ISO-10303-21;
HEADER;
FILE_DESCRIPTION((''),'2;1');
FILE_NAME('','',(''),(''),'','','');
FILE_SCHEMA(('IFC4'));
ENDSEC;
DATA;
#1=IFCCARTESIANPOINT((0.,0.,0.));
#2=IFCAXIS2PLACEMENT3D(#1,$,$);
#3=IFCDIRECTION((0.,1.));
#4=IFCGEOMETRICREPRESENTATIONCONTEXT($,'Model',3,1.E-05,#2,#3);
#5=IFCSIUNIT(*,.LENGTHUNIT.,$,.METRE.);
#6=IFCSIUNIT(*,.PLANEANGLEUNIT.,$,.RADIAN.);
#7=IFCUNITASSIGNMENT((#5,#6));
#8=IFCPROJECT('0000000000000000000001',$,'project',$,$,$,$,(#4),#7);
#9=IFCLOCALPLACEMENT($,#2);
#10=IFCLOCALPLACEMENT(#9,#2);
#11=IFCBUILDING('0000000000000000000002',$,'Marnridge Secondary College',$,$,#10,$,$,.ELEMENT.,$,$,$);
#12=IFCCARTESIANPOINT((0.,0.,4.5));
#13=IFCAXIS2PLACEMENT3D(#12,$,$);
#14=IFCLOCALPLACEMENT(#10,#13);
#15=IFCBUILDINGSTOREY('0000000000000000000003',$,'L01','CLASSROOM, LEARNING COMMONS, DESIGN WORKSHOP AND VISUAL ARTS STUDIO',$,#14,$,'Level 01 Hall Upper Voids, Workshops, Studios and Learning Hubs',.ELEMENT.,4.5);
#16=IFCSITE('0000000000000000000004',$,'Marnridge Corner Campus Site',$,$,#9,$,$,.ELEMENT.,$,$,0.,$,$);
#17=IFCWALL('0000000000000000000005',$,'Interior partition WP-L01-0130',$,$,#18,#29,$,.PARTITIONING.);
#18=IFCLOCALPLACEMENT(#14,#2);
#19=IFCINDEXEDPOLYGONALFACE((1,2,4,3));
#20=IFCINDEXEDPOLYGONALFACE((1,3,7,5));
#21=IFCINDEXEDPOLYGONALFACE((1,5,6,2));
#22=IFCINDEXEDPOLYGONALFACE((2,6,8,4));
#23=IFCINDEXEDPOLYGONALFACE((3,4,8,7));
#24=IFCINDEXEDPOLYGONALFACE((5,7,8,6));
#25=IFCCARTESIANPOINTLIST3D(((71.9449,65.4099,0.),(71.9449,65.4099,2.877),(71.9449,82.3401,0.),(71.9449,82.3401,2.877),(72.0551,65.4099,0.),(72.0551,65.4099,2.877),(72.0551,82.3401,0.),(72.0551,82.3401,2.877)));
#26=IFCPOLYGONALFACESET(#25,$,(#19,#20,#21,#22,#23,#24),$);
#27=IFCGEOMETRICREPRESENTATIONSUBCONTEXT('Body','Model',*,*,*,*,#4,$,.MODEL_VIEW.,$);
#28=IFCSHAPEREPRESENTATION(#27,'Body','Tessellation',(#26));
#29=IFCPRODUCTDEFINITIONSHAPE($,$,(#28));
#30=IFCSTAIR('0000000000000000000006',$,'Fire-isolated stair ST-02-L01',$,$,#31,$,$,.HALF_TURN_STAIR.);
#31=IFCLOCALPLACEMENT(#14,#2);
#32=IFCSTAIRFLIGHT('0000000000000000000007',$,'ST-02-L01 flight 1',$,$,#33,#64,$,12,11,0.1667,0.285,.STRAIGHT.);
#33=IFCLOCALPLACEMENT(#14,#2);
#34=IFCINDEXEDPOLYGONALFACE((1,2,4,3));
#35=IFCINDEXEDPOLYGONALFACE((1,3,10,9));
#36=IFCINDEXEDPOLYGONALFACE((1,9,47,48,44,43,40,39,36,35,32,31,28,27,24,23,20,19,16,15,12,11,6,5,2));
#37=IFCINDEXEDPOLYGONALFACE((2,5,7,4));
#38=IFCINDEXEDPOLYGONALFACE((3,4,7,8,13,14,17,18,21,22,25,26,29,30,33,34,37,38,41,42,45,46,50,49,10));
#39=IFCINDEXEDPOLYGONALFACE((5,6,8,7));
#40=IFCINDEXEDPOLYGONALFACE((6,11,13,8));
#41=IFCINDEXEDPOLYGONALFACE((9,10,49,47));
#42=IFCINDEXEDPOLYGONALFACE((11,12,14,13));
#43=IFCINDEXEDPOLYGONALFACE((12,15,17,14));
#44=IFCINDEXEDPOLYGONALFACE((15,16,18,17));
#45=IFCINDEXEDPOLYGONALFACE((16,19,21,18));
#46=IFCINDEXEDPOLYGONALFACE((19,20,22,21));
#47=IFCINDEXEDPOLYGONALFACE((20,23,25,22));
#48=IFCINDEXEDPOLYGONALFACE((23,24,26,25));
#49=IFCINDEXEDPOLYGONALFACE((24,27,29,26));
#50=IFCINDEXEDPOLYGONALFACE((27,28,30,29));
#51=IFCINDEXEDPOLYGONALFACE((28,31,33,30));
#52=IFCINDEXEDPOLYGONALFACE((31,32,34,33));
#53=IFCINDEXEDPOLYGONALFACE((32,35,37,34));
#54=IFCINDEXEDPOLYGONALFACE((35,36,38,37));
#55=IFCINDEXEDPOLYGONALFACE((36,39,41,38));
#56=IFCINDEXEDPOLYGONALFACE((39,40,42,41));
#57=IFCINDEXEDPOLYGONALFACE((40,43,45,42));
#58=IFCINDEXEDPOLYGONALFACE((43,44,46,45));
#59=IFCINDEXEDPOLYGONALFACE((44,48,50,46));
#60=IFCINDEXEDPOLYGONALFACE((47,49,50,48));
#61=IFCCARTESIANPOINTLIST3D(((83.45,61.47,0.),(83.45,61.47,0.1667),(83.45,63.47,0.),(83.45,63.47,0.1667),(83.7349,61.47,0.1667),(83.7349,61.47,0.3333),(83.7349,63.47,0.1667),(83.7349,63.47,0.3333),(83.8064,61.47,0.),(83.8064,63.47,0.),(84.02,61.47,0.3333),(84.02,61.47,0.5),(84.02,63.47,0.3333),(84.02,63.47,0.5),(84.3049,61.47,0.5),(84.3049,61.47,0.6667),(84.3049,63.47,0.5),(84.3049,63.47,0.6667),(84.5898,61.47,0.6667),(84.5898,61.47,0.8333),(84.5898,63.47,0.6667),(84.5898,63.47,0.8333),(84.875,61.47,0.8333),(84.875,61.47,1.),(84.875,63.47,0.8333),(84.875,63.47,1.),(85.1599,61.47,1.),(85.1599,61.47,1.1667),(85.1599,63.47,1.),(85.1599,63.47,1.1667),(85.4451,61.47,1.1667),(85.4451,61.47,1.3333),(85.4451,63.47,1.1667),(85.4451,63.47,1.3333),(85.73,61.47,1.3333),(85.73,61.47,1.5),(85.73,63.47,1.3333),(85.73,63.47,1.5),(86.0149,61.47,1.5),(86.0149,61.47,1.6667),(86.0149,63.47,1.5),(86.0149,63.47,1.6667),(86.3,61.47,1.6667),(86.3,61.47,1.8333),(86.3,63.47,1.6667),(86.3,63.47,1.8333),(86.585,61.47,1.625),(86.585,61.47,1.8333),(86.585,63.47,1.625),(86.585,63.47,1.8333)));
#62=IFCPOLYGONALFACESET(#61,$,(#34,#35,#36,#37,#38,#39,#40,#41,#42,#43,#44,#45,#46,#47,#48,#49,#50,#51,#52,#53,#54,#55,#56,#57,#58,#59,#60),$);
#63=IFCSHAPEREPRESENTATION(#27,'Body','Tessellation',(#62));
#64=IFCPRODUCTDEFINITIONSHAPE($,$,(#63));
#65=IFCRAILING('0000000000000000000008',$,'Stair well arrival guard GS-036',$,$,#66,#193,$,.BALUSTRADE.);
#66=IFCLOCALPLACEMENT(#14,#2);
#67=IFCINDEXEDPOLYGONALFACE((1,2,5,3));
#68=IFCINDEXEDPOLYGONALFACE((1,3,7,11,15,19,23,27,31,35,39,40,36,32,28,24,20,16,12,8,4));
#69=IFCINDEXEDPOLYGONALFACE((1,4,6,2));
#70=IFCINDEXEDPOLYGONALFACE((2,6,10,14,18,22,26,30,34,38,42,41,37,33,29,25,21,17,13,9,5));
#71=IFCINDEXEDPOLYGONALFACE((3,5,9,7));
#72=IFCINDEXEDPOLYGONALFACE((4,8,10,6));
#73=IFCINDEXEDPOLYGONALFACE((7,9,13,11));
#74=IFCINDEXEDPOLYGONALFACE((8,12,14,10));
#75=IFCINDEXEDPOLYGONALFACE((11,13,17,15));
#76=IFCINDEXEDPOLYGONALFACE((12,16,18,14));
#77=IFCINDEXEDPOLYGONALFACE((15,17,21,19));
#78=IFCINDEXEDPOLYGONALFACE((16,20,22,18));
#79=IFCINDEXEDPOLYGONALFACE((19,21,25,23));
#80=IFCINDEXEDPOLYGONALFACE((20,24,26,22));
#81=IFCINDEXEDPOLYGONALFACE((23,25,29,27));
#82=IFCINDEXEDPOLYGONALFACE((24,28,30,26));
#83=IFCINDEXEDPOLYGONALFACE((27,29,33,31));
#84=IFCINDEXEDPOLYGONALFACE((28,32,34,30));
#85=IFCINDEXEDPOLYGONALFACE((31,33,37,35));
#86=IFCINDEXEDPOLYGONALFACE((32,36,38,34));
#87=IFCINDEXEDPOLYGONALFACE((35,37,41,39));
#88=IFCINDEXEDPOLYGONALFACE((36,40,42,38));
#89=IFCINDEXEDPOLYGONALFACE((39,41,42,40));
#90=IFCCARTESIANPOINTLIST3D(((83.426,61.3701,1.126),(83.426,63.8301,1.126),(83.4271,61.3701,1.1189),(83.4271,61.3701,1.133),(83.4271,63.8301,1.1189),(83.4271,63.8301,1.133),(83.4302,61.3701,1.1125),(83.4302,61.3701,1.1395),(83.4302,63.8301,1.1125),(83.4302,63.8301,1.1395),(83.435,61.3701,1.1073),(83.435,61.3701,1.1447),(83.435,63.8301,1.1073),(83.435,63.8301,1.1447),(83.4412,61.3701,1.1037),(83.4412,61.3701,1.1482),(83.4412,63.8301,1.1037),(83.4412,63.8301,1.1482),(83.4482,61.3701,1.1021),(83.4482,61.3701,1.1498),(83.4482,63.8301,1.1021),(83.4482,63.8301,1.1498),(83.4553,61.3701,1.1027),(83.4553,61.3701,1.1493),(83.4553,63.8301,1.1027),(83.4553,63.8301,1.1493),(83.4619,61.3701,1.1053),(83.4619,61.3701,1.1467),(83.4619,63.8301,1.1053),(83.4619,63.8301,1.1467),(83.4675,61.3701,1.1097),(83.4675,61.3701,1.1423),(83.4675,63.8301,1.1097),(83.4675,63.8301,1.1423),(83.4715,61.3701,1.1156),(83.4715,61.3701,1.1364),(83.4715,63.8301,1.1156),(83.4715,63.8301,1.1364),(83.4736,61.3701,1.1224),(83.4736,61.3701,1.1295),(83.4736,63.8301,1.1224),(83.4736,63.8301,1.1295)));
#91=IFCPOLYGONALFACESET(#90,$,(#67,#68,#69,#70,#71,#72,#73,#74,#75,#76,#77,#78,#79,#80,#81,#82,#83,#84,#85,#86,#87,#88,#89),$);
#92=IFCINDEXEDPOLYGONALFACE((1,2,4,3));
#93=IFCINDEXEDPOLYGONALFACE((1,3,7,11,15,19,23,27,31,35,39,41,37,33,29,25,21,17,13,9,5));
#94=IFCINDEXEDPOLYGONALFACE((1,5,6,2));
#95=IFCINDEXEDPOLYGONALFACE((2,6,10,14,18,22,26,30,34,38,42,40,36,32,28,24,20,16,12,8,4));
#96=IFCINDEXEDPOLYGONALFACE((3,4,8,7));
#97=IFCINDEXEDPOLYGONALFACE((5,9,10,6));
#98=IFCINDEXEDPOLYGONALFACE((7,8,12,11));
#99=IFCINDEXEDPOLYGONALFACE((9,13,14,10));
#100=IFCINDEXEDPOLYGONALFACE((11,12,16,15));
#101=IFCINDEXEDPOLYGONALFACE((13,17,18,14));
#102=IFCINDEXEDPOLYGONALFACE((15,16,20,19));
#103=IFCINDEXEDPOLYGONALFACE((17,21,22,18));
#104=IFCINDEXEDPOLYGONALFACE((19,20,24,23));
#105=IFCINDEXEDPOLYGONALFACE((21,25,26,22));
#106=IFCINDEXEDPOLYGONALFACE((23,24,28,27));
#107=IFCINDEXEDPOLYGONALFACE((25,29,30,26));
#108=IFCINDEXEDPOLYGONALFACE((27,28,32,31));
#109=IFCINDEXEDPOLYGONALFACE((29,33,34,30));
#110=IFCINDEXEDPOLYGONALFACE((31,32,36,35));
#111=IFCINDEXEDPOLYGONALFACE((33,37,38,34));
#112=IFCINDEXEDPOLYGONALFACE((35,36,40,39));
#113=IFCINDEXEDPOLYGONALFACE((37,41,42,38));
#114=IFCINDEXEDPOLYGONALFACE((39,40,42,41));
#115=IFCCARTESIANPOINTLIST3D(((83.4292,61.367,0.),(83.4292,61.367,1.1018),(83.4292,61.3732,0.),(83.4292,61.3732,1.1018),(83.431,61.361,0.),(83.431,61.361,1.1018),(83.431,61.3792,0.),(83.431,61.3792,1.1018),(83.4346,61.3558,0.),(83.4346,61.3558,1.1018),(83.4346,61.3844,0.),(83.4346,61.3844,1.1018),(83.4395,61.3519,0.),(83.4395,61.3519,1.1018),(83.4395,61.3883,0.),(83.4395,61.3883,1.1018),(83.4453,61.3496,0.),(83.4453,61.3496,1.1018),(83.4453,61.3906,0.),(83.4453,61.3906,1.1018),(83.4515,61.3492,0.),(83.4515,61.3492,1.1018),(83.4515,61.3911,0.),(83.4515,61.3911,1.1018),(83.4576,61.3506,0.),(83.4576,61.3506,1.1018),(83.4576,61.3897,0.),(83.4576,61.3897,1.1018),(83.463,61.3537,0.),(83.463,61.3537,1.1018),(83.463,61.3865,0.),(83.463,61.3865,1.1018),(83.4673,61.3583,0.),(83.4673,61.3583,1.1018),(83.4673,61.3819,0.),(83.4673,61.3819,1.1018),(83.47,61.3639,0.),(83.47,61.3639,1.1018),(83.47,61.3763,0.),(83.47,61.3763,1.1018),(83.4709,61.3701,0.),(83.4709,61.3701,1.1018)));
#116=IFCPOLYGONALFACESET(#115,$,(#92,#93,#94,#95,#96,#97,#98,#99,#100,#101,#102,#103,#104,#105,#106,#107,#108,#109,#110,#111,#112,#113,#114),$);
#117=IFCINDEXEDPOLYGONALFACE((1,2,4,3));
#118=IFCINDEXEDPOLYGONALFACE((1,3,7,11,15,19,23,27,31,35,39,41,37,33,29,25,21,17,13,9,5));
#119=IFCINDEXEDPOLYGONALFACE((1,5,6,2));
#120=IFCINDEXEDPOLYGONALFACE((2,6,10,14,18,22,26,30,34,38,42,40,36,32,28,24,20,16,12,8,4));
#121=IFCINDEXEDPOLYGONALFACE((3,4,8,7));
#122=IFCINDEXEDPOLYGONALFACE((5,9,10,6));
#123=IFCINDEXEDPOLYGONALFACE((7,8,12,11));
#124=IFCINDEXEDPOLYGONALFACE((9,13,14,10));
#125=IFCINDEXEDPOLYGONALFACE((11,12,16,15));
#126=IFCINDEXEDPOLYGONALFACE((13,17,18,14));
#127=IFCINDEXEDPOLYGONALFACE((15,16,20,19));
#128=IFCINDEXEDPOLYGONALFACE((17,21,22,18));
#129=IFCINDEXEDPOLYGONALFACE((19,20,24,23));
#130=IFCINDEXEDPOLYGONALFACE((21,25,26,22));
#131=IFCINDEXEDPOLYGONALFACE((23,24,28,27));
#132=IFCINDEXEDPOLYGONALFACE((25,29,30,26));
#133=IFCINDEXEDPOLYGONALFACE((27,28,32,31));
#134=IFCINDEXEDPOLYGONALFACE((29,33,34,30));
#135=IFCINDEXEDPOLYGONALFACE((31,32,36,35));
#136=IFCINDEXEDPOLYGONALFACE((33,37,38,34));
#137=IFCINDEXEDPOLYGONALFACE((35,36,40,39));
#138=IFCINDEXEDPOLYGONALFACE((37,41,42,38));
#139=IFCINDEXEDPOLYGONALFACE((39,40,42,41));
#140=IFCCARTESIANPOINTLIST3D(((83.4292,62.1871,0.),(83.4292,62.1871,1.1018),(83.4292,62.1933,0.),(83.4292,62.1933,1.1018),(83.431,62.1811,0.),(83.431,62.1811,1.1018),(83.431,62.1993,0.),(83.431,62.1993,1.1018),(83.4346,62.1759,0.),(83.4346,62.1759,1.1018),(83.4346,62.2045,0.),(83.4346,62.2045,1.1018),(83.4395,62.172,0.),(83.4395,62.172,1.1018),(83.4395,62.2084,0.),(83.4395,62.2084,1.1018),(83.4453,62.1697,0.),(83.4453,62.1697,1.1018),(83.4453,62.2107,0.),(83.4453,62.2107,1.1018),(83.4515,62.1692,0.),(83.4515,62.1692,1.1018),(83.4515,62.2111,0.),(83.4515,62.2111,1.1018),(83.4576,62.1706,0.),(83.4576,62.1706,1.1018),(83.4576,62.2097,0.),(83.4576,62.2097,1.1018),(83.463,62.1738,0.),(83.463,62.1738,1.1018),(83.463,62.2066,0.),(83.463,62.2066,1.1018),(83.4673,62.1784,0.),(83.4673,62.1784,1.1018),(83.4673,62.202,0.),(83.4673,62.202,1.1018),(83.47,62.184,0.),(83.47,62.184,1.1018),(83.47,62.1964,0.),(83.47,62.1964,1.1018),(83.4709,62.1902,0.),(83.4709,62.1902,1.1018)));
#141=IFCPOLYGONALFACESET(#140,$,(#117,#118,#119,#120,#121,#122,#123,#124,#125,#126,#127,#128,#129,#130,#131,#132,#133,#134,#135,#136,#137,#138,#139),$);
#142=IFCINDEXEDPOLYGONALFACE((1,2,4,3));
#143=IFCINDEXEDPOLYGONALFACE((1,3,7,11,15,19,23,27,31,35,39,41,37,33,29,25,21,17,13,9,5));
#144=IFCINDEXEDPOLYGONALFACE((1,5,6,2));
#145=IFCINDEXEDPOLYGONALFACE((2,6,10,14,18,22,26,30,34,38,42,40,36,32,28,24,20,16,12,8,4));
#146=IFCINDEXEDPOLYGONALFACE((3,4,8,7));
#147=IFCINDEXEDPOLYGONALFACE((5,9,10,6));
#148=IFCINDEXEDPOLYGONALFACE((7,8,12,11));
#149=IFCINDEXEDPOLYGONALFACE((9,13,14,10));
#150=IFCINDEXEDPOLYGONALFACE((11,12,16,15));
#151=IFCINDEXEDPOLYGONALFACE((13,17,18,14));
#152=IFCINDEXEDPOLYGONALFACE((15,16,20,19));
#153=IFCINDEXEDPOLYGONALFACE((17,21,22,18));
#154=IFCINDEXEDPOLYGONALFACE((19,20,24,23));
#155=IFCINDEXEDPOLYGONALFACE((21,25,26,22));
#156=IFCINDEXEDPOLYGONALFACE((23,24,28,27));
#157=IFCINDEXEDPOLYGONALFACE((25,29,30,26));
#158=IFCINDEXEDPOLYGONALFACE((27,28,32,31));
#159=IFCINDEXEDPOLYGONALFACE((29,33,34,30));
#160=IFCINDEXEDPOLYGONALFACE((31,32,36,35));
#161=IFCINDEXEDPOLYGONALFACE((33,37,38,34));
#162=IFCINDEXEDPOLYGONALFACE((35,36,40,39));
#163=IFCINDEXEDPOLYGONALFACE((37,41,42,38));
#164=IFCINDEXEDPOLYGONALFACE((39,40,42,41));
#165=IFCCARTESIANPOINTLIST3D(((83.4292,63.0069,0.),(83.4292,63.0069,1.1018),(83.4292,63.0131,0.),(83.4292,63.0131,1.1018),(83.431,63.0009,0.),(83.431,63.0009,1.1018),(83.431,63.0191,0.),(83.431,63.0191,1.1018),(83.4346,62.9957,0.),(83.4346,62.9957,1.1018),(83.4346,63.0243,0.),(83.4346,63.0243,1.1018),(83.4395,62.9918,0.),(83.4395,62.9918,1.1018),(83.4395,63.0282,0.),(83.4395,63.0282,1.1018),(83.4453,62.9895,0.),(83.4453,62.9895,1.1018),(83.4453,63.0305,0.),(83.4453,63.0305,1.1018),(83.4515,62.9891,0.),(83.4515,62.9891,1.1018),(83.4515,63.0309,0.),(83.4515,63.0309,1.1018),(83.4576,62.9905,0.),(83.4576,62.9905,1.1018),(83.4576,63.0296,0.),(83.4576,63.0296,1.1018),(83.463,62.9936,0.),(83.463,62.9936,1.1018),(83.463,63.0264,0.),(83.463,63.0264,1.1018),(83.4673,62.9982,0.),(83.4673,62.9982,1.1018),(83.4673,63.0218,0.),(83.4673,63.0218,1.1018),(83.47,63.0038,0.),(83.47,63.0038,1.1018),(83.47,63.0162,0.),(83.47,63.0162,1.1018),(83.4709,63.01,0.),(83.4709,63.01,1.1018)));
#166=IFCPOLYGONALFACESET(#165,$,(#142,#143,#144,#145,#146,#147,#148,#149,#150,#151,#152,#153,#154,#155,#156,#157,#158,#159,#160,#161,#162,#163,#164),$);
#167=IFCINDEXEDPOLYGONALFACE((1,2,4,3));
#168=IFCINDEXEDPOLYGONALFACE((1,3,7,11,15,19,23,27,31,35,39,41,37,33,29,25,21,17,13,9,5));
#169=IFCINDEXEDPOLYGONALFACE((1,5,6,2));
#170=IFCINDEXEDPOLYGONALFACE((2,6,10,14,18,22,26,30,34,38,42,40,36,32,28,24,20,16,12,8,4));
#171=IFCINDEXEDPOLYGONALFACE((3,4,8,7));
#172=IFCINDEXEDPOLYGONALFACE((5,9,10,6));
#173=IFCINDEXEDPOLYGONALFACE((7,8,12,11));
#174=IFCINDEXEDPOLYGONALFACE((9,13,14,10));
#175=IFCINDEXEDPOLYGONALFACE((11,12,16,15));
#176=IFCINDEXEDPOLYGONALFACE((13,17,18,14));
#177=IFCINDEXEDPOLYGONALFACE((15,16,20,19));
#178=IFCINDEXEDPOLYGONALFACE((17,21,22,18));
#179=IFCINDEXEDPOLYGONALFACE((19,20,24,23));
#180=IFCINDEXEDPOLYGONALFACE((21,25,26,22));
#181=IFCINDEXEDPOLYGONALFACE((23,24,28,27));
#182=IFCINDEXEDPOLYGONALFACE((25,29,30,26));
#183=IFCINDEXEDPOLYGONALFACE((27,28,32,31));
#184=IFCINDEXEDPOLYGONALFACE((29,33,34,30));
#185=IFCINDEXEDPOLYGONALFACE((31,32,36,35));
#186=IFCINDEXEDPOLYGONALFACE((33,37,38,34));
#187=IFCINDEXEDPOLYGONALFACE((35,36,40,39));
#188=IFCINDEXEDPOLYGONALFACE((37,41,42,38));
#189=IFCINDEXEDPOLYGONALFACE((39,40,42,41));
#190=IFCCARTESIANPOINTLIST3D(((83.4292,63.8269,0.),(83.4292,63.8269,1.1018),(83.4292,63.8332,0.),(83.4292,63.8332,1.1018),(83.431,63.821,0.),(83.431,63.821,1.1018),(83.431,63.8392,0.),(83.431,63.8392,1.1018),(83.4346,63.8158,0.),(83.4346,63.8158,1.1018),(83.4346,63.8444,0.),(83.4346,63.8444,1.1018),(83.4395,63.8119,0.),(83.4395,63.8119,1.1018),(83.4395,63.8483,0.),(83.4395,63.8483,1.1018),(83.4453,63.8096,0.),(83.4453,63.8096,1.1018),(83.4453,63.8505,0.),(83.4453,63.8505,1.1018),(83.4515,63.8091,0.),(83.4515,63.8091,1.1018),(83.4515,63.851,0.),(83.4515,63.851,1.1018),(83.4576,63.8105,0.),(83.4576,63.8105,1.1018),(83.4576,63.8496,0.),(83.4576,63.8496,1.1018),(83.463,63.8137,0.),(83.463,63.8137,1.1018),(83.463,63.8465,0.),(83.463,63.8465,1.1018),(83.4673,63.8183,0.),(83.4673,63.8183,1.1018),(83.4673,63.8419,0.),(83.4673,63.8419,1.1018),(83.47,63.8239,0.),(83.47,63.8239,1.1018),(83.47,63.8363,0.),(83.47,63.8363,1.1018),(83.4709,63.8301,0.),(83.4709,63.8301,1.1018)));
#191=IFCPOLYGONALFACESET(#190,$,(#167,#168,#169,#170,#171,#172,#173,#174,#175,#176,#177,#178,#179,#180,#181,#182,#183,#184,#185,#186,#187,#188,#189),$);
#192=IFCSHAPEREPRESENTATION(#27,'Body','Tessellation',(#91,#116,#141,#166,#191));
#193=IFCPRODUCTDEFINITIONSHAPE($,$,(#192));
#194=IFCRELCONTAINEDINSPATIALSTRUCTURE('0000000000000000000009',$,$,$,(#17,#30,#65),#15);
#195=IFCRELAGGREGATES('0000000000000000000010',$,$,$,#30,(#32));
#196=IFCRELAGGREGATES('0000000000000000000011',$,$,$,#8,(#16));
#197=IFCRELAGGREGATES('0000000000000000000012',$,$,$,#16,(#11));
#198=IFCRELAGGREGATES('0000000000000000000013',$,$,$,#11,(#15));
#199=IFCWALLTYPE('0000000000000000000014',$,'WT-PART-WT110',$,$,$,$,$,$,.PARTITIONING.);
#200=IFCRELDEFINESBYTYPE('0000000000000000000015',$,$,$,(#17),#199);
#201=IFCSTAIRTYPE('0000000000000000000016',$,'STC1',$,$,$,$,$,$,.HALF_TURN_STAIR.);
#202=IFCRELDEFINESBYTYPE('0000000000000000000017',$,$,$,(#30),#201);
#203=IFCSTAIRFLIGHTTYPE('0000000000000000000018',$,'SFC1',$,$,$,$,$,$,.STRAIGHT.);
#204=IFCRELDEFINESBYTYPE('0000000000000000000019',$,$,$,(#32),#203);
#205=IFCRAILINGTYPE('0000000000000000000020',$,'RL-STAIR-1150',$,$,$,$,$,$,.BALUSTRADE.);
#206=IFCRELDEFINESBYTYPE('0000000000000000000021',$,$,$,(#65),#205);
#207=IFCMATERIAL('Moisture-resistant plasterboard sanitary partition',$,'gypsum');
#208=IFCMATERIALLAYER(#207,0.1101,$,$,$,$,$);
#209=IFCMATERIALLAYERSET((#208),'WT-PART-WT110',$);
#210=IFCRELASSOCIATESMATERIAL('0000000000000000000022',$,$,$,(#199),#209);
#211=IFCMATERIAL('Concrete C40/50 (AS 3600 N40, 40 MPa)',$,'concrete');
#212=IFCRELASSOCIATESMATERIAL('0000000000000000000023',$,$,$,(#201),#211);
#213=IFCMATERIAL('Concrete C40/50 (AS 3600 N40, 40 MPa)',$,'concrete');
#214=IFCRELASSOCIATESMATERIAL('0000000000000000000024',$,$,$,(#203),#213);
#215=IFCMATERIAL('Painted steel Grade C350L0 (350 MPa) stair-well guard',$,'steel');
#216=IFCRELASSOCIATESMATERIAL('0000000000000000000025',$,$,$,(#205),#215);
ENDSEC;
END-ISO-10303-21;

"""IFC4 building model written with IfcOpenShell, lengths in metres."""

from ifc_helpers import new_model, si_unit, direction, frame, frame_2d, origin, origin_2d, place, context, subcontext, project, spatial, polyline, rectangle, circle, outline, extrude, material, layer, layer_set, type_object, element, aggregate, save


model = new_model("IFC4")

# Units and contexts
model_context = context("Model", 3, precision=1e-05, world=origin(), true_north=direction((0.0, 1.0)))
body_context = subcontext(model_context, "Body", "Model", "MODEL_VIEW")
ifc_project = project(units=[si_unit("LENGTHUNIT", "METRE"), si_unit("PLANEANGLEUNIT", "RADIAN")], contexts=[model_context])

# Site, building, storey
site_placement = place(None, origin())
site = spatial("IfcSite", under=ifc_project, at=site_placement, Name="Marnridge Corner Campus Site", CompositionType="ELEMENT", RefElevation=0.0)
building_placement = place(site_placement, origin())
building = spatial("IfcBuilding", under=site, at=building_placement, Name="Marnridge Secondary College", CompositionType="ELEMENT")
storey_placement = place(building_placement, frame((0.0, 0.0, 4.5)))
storey = spatial("IfcBuildingStorey", under=building, at=storey_placement, Name="L01", Description="CLASSROOM, LEARNING COMMONS, DESIGN WORKSHOP AND VISUAL ARTS STUDIO", LongName="Level 01 Hall Upper Voids, Workshops, Studios and Learning Hubs", CompositionType="ELEMENT", Elevation=4.5)

# Wall
ifc_material_1 = material(Name="Moisture-resistant plasterboard sanitary partition", Category="gypsum")
ifc_layer_1 = layer(ifc_material_1, 0.1101)
ifc_layer_set_1 = layer_set([ifc_layer_1], Name="WT-PART-WT110")
wall_type_1 = type_object("IfcWallType", Name="WT-PART-WT110", PredefinedType="PARTITIONING", material=ifc_layer_set_1)
wall_1_placement = place(storey_placement, frame((72.0, 65.4099, 0.0), z_axis=(0.0, 0.0, 1.0), x_axis=(0.0, 1.0, 0.0)))
element("IfcWall", 1, at=wall_1_placement, inside=storey, type_object=wall_type_1, Name="Interior partition WP-L01-0130", PredefinedType="PARTITIONING", context=body_context, shape_type="SweptSolid", body=[
    extrude(rectangle(XDim=16.9302, YDim=0.1101, at=frame_2d((8.4651, 0.0))), origin(), (0.0, 0.0, 1.0), 2.877),
])

# Stair, stair flight
ifc_material_2 = material(Name="Concrete C40/50 (AS 3600 N40, 40 MPa)", Category="concrete")
stair_type = type_object("IfcStairType", Name="STC1", PredefinedType="HALF_TURN_STAIR", material=ifc_material_2)
stair_placement = place(storey_placement, origin())
stair = element("IfcStair", 2, at=stair_placement, inside=storey, type_object=stair_type, Name="Fire-isolated stair ST-02-L01", PredefinedType="HALF_TURN_STAIR")
ifc_material_3 = material(Name="Concrete C40/50 (AS 3600 N40, 40 MPa)", Category="concrete")
stair_flight_type = type_object("IfcStairFlightType", Name="SFC1", PredefinedType="STRAIGHT", material=ifc_material_3)
stair_flight_placement = place(storey_placement, frame((83.45, 62.47, 0.0), z_axis=(0.0, 0.0, 1.0), x_axis=(1.0, 0.0, 0.0)))
stair_flight = element("IfcStairFlight", 3, at=stair_flight_placement, type_object=stair_flight_type, Name="ST-02-L01 flight 1", NumberOfRisers=12, NumberOfTreads=11, PredefinedType="STRAIGHT", RiserHeight=0.1667, TreadLength=0.285, context=body_context, shape_type="SweptSolid", body=[
    extrude(outline(polyline([(0.0, 0.0), (0.0, 0.1667), (0.2849, 0.1667), (0.2849, 0.3333), (0.5701, 0.3333), (0.5701, 0.5), (0.855, 0.5), (0.855, 0.6667), (1.1399, 0.6667), (1.1399, 0.8333), (1.425, 0.8333), (1.425, 1.0), (1.71, 1.0), (1.71, 1.1667), (1.9951, 1.1667), (1.9951, 1.3333), (2.28, 1.3333), (2.28, 1.5), (2.5649, 1.5), (2.5649, 1.6667), (2.8501, 1.6667), (2.8501, 1.8333), (3.135, 1.8333), (3.135, 2.0), (3.135, 1.625), (0.3564, 0.0), (0.0, 0.0)])), frame((0.0, 1.0, 0.0), z_axis=(0.0, -1.0, 0.0), x_axis=(1.0, 0.0, 0.0)), (0.0, 0.0, 1.0), 2.0),
])
aggregate(stair, [stair_flight])

# Railing
ifc_material_4 = material(Name="Painted steel Grade C350L0 (350 MPa) stair-well guard", Category="steel")
railing_type = type_object("IfcRailingType", Name="RL-STAIR-1150", PredefinedType="BALUSTRADE", material=ifc_material_4)
railing_placement = place(storey_placement, frame((83.45, 61.3701, 0.0)))
element("IfcRailing", 4, at=railing_placement, inside=storey, type_object=railing_type, Name="Stair well arrival guard GS-036", PredefinedType="BALUSTRADE", context=body_context, shape_type="SweptSolid", body=[
    extrude(circle(Radius=0.0239, at=origin_2d()), frame((0.0, 0.0, 1.126), z_axis=(0.0, 1.0, 0.0), x_axis=(-1.0, 0.0, 0.0)), (0.0, 0.0, 1.0), 2.46),
    extrude(circle(Radius=0.021, at=origin_2d()), origin(), (0.0, 0.0, 1.0), 1.1018),
    extrude(circle(Radius=0.021, at=origin_2d()), frame((0.0, 0.8201, 0.0)), (0.0, 0.0, 1.0), 1.1018),
    extrude(circle(Radius=0.021, at=origin_2d()), frame((0.0, 1.6399, 0.0)), (0.0, 0.0, 1.0), 1.1018),
    extrude(circle(Radius=0.021, at=origin_2d()), frame((0.0, 2.46, 0.0)), (0.0, 0.0, 1.0), 1.1018),
])

save(model, "model.ifc")
